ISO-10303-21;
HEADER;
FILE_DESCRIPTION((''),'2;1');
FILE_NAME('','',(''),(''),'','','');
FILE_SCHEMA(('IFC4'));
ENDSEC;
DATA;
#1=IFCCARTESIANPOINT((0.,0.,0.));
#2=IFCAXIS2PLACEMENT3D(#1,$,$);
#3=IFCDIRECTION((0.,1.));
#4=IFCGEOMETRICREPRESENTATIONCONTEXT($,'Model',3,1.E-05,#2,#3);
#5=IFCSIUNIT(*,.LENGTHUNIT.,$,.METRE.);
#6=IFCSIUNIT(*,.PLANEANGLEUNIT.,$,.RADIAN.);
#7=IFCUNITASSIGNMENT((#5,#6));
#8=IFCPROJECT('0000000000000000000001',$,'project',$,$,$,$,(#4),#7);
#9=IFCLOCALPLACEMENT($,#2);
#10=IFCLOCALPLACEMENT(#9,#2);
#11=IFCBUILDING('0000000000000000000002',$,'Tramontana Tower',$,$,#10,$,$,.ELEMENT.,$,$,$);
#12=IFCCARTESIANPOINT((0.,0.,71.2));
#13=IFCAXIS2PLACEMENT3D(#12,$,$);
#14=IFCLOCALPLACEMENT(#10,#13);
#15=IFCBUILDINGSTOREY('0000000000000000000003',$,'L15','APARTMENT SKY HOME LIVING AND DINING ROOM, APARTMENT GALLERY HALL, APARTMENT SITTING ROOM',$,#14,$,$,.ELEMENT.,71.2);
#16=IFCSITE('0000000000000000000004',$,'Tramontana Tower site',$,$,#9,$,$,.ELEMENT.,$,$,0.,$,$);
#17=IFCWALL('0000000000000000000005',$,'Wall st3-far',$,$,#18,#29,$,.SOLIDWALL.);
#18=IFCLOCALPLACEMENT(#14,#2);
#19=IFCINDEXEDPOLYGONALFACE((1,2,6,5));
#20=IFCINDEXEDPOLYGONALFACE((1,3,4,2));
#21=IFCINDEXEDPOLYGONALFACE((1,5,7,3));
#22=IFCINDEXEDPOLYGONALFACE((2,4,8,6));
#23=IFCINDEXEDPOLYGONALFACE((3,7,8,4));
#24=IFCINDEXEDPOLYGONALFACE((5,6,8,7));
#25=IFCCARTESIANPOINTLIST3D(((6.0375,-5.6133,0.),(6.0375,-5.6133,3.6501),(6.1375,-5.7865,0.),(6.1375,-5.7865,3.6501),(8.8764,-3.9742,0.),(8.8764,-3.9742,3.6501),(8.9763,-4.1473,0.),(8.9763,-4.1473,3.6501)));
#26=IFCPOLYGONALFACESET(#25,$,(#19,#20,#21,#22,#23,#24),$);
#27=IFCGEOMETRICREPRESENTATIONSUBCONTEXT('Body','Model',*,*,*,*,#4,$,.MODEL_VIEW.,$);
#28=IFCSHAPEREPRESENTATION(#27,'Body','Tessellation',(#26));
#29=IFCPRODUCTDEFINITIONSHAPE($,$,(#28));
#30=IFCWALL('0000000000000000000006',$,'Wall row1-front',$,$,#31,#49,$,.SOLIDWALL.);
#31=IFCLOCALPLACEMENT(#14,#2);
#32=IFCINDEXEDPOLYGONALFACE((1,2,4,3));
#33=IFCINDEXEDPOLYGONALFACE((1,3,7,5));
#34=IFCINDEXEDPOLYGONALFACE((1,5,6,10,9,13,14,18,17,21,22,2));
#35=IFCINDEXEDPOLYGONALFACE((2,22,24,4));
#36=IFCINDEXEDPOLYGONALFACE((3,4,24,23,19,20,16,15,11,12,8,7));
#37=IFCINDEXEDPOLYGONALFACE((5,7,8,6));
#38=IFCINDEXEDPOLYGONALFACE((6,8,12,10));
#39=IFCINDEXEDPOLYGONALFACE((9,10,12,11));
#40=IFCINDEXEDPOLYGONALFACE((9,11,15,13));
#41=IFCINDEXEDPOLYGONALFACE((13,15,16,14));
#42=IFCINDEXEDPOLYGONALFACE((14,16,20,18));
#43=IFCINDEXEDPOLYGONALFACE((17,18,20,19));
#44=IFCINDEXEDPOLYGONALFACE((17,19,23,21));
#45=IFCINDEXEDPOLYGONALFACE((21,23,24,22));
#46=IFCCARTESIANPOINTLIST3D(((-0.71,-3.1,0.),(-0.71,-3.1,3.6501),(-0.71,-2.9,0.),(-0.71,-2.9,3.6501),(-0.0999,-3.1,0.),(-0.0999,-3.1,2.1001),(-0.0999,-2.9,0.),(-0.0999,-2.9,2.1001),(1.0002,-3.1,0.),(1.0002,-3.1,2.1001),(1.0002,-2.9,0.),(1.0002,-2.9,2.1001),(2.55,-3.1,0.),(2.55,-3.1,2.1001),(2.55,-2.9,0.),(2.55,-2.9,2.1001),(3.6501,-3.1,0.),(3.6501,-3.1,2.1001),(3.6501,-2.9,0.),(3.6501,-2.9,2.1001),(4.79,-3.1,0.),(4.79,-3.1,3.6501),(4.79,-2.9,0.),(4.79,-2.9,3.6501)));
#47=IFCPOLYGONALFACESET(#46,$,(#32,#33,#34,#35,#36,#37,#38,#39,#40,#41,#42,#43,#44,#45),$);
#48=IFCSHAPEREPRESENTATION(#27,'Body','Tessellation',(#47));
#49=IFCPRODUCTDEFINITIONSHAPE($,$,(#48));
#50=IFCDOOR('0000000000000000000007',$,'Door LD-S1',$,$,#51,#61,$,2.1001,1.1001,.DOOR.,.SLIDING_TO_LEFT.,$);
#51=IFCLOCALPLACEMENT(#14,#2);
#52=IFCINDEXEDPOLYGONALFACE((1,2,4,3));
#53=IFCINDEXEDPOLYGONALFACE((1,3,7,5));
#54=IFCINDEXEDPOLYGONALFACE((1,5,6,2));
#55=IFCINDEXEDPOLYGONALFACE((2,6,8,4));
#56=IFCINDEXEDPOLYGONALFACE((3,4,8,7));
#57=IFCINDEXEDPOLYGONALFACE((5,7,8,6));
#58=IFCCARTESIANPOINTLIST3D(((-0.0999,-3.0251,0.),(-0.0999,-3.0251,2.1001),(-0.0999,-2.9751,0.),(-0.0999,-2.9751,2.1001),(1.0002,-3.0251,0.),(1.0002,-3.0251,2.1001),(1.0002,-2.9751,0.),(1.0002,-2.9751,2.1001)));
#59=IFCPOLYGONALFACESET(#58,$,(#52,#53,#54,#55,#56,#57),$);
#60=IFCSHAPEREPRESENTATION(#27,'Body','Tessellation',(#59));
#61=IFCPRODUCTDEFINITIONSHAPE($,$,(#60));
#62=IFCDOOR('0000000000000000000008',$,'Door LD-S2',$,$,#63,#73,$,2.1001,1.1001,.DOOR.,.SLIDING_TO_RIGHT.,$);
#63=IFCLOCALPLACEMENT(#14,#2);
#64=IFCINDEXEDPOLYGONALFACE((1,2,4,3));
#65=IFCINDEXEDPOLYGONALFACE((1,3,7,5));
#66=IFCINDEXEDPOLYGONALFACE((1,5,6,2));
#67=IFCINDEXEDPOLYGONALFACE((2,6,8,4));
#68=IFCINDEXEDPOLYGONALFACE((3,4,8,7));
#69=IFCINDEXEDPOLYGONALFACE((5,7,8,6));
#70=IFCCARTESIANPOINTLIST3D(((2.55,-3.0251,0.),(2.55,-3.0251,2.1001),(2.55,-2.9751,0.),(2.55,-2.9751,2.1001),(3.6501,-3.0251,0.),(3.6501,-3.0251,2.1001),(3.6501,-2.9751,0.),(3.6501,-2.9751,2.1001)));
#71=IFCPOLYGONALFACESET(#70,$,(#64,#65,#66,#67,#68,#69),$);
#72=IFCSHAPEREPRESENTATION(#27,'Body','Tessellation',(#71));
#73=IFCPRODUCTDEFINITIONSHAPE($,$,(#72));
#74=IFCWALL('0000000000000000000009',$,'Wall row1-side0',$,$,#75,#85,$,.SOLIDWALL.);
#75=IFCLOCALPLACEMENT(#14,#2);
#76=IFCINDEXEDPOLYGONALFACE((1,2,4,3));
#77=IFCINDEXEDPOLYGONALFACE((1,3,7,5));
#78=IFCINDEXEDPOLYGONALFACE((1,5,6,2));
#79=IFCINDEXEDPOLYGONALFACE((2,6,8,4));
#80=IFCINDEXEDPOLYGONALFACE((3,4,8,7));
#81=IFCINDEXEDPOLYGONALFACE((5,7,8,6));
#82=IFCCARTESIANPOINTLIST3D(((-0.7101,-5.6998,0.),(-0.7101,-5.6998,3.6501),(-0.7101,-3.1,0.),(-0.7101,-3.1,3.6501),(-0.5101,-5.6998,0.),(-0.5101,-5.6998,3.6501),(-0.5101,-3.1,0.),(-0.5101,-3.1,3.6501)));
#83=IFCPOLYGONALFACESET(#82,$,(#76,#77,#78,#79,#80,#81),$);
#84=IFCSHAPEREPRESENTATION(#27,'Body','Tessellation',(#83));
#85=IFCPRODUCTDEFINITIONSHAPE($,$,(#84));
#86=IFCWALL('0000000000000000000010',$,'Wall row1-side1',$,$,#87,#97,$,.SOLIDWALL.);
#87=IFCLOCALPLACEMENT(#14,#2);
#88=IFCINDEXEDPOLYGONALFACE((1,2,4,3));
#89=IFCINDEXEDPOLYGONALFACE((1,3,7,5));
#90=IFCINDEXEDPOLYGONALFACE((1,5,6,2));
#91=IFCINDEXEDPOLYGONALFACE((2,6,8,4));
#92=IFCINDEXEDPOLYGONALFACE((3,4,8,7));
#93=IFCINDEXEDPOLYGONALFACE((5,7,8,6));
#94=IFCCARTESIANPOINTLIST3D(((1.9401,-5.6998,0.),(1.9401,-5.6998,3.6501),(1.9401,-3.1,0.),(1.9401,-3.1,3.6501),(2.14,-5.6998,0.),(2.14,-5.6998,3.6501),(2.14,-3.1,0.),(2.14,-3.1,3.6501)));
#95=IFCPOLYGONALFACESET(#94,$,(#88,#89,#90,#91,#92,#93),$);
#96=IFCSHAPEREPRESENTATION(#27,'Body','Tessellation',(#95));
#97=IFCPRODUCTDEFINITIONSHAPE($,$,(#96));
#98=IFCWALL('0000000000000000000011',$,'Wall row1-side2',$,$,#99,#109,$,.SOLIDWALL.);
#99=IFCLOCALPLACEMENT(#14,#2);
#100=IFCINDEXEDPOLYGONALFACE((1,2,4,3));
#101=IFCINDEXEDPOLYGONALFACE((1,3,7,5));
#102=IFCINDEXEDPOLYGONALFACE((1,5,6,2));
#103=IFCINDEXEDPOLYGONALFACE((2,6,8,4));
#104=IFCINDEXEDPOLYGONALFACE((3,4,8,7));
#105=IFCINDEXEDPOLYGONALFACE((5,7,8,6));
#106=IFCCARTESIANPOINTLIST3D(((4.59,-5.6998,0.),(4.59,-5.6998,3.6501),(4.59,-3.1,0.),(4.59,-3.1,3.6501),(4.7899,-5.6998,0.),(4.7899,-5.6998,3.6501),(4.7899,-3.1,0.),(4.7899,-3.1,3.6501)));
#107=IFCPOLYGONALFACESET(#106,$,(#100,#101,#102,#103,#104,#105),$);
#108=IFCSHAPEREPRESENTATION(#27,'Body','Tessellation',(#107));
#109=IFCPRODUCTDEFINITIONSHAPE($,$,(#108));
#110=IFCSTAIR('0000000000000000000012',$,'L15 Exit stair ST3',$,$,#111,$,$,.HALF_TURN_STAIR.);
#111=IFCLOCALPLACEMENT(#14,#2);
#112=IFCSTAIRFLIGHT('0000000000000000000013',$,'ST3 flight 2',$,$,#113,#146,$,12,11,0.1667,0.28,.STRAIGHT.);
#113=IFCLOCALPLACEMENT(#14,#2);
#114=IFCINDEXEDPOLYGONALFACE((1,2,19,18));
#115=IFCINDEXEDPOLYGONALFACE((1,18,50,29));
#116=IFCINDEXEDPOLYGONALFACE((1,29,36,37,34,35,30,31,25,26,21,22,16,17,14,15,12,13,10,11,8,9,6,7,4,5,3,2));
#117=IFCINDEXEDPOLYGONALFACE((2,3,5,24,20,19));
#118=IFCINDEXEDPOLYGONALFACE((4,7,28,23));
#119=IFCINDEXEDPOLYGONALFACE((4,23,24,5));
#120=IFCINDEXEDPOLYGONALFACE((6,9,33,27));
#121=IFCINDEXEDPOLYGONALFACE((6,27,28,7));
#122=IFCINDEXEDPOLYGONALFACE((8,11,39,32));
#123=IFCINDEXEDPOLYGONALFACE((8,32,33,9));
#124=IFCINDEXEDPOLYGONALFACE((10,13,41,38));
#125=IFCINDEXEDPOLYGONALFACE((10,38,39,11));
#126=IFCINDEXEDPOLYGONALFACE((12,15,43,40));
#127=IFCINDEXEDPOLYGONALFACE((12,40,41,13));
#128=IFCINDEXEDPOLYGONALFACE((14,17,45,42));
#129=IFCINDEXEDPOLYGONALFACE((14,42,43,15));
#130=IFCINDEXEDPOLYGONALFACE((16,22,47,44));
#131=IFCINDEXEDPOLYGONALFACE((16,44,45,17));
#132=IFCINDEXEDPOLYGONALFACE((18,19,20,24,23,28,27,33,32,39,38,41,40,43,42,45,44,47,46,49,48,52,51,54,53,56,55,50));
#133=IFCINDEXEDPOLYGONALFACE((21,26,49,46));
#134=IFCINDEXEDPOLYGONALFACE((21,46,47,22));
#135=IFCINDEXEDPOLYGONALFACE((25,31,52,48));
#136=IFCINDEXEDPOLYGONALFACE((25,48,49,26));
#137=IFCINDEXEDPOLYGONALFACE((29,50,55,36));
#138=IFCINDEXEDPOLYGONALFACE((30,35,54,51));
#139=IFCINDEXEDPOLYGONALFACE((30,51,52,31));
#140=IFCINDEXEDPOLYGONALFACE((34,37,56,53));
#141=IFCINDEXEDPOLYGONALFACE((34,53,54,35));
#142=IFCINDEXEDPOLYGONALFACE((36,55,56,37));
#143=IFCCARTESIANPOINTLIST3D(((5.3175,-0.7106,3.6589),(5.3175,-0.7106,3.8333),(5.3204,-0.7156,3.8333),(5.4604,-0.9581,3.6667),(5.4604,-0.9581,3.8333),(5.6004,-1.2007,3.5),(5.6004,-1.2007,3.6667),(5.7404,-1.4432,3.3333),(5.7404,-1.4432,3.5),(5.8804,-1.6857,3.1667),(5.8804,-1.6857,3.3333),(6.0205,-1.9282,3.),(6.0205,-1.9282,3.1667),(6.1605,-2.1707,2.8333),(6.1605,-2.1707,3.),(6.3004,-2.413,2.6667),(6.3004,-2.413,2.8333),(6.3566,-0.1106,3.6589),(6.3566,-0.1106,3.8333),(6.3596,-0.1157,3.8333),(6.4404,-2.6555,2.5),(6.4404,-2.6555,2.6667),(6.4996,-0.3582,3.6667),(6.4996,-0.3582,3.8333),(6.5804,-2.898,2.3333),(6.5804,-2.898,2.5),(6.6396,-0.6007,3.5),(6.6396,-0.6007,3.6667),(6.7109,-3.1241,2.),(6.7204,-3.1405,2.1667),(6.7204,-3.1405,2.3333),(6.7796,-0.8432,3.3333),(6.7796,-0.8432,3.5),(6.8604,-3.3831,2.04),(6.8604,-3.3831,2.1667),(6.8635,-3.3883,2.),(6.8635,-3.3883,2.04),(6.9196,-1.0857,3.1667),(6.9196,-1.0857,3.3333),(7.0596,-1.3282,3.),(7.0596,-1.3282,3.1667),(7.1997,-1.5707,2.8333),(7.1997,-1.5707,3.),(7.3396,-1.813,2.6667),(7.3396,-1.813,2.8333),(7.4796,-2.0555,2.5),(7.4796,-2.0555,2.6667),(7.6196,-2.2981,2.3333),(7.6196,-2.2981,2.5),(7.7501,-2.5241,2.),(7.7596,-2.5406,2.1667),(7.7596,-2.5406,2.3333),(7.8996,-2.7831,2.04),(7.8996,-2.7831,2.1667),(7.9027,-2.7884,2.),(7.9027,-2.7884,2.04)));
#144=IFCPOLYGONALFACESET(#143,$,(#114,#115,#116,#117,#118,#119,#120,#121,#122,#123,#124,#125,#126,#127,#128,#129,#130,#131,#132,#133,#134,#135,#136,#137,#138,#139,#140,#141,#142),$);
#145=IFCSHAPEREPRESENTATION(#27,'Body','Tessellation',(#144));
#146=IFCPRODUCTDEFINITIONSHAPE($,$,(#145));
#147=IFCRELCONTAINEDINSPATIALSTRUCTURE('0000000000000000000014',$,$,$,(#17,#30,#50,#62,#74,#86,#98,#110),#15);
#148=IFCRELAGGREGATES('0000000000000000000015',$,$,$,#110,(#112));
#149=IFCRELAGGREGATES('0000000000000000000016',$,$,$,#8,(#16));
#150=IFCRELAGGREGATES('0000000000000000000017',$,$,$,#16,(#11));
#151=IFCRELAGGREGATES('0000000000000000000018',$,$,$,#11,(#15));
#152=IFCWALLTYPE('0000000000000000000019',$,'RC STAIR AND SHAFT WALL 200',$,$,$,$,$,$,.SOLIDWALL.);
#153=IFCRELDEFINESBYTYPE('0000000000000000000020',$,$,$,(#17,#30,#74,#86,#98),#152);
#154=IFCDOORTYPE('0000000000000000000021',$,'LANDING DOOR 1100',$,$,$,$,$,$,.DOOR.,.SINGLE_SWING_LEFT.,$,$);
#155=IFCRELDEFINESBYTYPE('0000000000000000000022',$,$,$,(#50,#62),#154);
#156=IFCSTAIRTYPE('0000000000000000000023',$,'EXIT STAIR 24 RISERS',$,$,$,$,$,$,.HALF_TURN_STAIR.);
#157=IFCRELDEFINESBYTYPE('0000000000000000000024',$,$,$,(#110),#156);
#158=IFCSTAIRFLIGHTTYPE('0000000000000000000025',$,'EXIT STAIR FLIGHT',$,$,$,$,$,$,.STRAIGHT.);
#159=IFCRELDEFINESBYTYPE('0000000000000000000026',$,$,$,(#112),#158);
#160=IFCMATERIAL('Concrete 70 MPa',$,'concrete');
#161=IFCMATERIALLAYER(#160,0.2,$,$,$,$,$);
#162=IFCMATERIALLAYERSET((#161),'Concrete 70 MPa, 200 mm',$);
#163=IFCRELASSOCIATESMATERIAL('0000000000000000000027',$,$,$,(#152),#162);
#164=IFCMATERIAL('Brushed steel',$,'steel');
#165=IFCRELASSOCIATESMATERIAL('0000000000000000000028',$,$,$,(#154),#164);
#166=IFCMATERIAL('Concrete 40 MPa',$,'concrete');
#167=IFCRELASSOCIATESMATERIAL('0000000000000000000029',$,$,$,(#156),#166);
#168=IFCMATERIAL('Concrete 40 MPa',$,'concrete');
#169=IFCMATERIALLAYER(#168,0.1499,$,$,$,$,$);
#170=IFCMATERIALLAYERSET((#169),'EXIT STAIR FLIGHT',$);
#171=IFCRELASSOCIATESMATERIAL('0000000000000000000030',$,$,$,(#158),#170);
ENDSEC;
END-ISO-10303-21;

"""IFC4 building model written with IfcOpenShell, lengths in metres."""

from ifc_helpers import new_model, si_unit, direction, frame, frame_2d, origin, place, context, subcontext, project, spatial, polyline, rectangle, outline, extrude, material, layer, layer_set, type_object, element, fill, aggregate, save


model = new_model("IFC4")

# Units and contexts
model_context = context("Model", 3, precision=1e-05, world=origin(), true_north=direction((0.0, 1.0)))
body_context = subcontext(model_context, "Body", "Model", "MODEL_VIEW")
ifc_project = project(units=[si_unit("LENGTHUNIT", "METRE"), si_unit("PLANEANGLEUNIT", "RADIAN")], contexts=[model_context])

# Site, building, storey
site_placement = place(None, origin())
site = spatial("IfcSite", under=ifc_project, at=site_placement, Name="Tramontana Tower site", CompositionType="ELEMENT", RefElevation=0.0)
building_placement = place(site_placement, origin())
building = spatial("IfcBuilding", under=site, at=building_placement, Name="Tramontana Tower", CompositionType="ELEMENT")
storey_placement = place(building_placement, frame((0.0, 0.0, 71.2)))
storey = spatial("IfcBuildingStorey", under=building, at=storey_placement, Name="L15", Description="APARTMENT SKY HOME LIVING AND DINING ROOM, APARTMENT GALLERY HALL, APARTMENT SITTING ROOM", CompositionType="ELEMENT", Elevation=71.2)

# Wall
ifc_material_1 = material(Name="Concrete 70 MPa", Category="concrete")
ifc_layer_1 = layer(ifc_material_1, 0.2)
ifc_layer_set_1 = layer_set([ifc_layer_1], Name="Concrete 70 MPa, 200 mm")
wall_type_1 = type_object("IfcWallType", Name="RC STAIR AND SHAFT WALL 200", PredefinedType="SOLIDWALL", material=ifc_layer_set_1)
wall_1_placement = place(storey_placement, frame((6.0874, -5.7, 0.0), z_axis=(0.0, 0.0, 1.0), x_axis=(0.866007, 0.500032, 0.0)))
element("IfcWall", 1, at=wall_1_placement, inside=storey, type_object=wall_type_1, Name="Wall st3-far", PredefinedType="SOLIDWALL", context=body_context, shape_type="SweptSolid", body=[
    extrude(rectangle(XDim=3.2781, YDim=0.2, at=frame_2d((1.6392, 0.0))), origin(), (0.0, 0.0, 1.0), 3.6501),
])

# Wall, openings, doors
wall_2_placement = place(storey_placement, frame((-0.71, -3.0, 0.0), z_axis=(0.0, 0.0, 1.0), x_axis=(1.0, 0.0, 0.0)))
wall_2 = element("IfcWall", 2, at=wall_2_placement, inside=storey, type_object=wall_type_1, Name="Wall row1-front", PredefinedType="SOLIDWALL", context=body_context, shape_type="SweptSolid", body=[
    extrude(rectangle(XDim=5.5, YDim=0.2, at=frame_2d((2.75, 0.0))), origin(), (0.0, 0.0, 1.0), 3.6501),
])
opening_1_placement = place(wall_2_placement, frame((0.6101, 0.0, 0.0)))
opening_1 = element("IfcOpeningElement", 3, at=opening_1_placement, cuts=wall_2, PredefinedType="OPENING", context=body_context, shape_type="SweptSolid", body=[
    extrude(rectangle(XDim=1.1001, YDim=2.1001, at=frame_2d((0.55, 1.05))), frame((0.0, 0.1099, 0.0), z_axis=(0.0, -1.0, 0.0), x_axis=(1.0, 0.0, 0.0)), (0.0, 0.0, 1.0), 0.22),
])
opening_2_placement = place(wall_2_placement, frame((3.26, 0.0, 0.0)))
opening_2 = element("IfcOpeningElement", 4, at=opening_2_placement, cuts=wall_2, PredefinedType="OPENING", context=body_context, shape_type="SweptSolid", body=[
    extrude(rectangle(XDim=1.1001, YDim=2.1001, at=frame_2d((0.55, 1.05))), frame((0.0, 0.1099, 0.0), z_axis=(0.0, -1.0, 0.0), x_axis=(1.0, 0.0, 0.0)), (0.0, 0.0, 1.0), 0.22),
])
ifc_material_2 = material(Name="Brushed steel", Category="steel")
door_type_1 = type_object("IfcDoorType", Name="LANDING DOOR 1100", OperationType="SINGLE_SWING_LEFT", PredefinedType="DOOR", material=ifc_material_2)
door_1_placement = place(opening_1_placement, origin())
door_1 = element("IfcDoor", 5, at=door_1_placement, inside=storey, type_object=door_type_1, Name="Door LD-S1", OperationType="SLIDING_TO_LEFT", OverallHeight=2.1001, OverallWidth=1.1001, PredefinedType="DOOR", context=body_context, shape_type="SweptSolid", body=[
    extrude(rectangle(XDim=1.1001, YDim=2.1001, at=frame_2d((0.55, 1.05))), frame((0.0, 0.0249, 0.0), z_axis=(0.0, -1.0, 0.0), x_axis=(1.0, 0.0, 0.0)), (0.0, 0.0, 1.0), 0.05),
])
fill(opening_1, door_1)
door_2_placement = place(opening_2_placement, origin())
door_2 = element("IfcDoor", 6, at=door_2_placement, inside=storey, type_object=door_type_1, Name="Door LD-S2", OperationType="SLIDING_TO_RIGHT", OverallHeight=2.1001, OverallWidth=1.1001, PredefinedType="DOOR", context=body_context, shape_type="SweptSolid", body=[
    extrude(rectangle(XDim=1.1001, YDim=2.1001, at=frame_2d((0.55, 1.05))), frame((0.0, 0.0249, 0.0), z_axis=(0.0, -1.0, 0.0), x_axis=(1.0, 0.0, 0.0)), (0.0, 0.0, 1.0), 0.05),
])
fill(opening_2, door_2)

# Walls
for number, where, z_axis, x_axis, name in (
    (7, (-0.6101, -3.1001, 0.0), (0.0, 0.0, 1.0), (0.0, -1.0, 0.0), "Wall row1-side0"),
    (8, (2.04, -3.1001, 0.0), (0.0, 0.0, 1.0), (0.0, -1.0, 0.0), "Wall row1-side1"),
    (9, (4.6899, -3.1001, 0.0), (0.0, 0.0, 1.0), (0.0, -1.0, 0.0), "Wall row1-side2"),
):
    element("IfcWall", number, at=place(storey_placement, frame(where, z_axis=z_axis, x_axis=x_axis)), inside=storey, type_object=wall_type_1, Name=name, PredefinedType="SOLIDWALL", context=body_context, shape_type="SweptSolid", body=[
        extrude(rectangle(XDim=2.5999, YDim=0.2, at=frame_2d((1.2998, 0.0))), origin(), (0.0, 0.0, 1.0), 3.6501),
    ])

# Stair, stair flight
ifc_material_3 = material(Name="Concrete 40 MPa", Category="concrete")
stair_type = type_object("IfcStairType", Name="EXIT STAIR 24 RISERS", PredefinedType="HALF_TURN_STAIR", material=ifc_material_3)
stair_placement = place(storey_placement, origin())
stair = element("IfcStair", 10, at=stair_placement, inside=storey, type_object=stair_type, Name="L15 Exit stair ST3", PredefinedType="HALF_TURN_STAIR")
ifc_material_4 = material(Name="Concrete 40 MPa", Category="concrete")
ifc_layer_2 = layer(ifc_material_4, 0.1499)
ifc_layer_set_2 = layer_set([ifc_layer_2], Name="EXIT STAIR FLIGHT")
stair_flight_type = type_object("IfcStairFlightType", Name="EXIT STAIR FLIGHT", PredefinedType="STRAIGHT", material=ifc_layer_set_2)
stair_flight_placement = place(storey_placement, frame((7.3801, -3.083, 2.0), z_axis=(0.0, 0.0, 1.0), x_axis=(-0.5, 0.866025, 0.0)))
stair_flight = element("IfcStairFlight", 11, at=stair_flight_placement, type_object=stair_flight_type, Name="ST3 flight 2", NumberOfRisers=12, NumberOfTreads=11, PredefinedType="STRAIGHT", RiserHeight=0.1667, TreadLength=0.28, context=body_context, shape_type="SweptSolid", body=[
    extrude(outline(polyline([(-0.0061, 0.0), (-0.0061, 0.04), (0.0, 0.04), (0.0, 0.1667), (0.28, 0.1667), (0.28, 0.3333), (0.5601, 0.3333), (0.5601, 0.5), (0.8401, 0.5), (0.8401, 0.6667), (1.1201, 0.6667), (1.1201, 0.8333), (1.3999, 0.8333), (1.3999, 1.0), (1.6799, 1.0), (1.6799, 1.1667), (1.96, 1.1667), (1.96, 1.3333), (2.24, 1.3333), (2.24, 1.5), (2.52, 1.5), (2.52, 1.6667), (2.8, 1.6667), (2.8, 1.8333), (3.0801, 1.8333), (3.0859, 1.8333), (3.0859, 1.6589), (0.2991, 0.0), (-0.0061, 0.0)])), frame((0.0, 0.6001, 0.0), z_axis=(0.0, -1.0, 0.0), x_axis=(1.0, 0.0, 0.0)), (0.0, 0.0, 1.0), 1.2),
])
aggregate(stair, [stair_flight])

save(model, "model.ifc")
